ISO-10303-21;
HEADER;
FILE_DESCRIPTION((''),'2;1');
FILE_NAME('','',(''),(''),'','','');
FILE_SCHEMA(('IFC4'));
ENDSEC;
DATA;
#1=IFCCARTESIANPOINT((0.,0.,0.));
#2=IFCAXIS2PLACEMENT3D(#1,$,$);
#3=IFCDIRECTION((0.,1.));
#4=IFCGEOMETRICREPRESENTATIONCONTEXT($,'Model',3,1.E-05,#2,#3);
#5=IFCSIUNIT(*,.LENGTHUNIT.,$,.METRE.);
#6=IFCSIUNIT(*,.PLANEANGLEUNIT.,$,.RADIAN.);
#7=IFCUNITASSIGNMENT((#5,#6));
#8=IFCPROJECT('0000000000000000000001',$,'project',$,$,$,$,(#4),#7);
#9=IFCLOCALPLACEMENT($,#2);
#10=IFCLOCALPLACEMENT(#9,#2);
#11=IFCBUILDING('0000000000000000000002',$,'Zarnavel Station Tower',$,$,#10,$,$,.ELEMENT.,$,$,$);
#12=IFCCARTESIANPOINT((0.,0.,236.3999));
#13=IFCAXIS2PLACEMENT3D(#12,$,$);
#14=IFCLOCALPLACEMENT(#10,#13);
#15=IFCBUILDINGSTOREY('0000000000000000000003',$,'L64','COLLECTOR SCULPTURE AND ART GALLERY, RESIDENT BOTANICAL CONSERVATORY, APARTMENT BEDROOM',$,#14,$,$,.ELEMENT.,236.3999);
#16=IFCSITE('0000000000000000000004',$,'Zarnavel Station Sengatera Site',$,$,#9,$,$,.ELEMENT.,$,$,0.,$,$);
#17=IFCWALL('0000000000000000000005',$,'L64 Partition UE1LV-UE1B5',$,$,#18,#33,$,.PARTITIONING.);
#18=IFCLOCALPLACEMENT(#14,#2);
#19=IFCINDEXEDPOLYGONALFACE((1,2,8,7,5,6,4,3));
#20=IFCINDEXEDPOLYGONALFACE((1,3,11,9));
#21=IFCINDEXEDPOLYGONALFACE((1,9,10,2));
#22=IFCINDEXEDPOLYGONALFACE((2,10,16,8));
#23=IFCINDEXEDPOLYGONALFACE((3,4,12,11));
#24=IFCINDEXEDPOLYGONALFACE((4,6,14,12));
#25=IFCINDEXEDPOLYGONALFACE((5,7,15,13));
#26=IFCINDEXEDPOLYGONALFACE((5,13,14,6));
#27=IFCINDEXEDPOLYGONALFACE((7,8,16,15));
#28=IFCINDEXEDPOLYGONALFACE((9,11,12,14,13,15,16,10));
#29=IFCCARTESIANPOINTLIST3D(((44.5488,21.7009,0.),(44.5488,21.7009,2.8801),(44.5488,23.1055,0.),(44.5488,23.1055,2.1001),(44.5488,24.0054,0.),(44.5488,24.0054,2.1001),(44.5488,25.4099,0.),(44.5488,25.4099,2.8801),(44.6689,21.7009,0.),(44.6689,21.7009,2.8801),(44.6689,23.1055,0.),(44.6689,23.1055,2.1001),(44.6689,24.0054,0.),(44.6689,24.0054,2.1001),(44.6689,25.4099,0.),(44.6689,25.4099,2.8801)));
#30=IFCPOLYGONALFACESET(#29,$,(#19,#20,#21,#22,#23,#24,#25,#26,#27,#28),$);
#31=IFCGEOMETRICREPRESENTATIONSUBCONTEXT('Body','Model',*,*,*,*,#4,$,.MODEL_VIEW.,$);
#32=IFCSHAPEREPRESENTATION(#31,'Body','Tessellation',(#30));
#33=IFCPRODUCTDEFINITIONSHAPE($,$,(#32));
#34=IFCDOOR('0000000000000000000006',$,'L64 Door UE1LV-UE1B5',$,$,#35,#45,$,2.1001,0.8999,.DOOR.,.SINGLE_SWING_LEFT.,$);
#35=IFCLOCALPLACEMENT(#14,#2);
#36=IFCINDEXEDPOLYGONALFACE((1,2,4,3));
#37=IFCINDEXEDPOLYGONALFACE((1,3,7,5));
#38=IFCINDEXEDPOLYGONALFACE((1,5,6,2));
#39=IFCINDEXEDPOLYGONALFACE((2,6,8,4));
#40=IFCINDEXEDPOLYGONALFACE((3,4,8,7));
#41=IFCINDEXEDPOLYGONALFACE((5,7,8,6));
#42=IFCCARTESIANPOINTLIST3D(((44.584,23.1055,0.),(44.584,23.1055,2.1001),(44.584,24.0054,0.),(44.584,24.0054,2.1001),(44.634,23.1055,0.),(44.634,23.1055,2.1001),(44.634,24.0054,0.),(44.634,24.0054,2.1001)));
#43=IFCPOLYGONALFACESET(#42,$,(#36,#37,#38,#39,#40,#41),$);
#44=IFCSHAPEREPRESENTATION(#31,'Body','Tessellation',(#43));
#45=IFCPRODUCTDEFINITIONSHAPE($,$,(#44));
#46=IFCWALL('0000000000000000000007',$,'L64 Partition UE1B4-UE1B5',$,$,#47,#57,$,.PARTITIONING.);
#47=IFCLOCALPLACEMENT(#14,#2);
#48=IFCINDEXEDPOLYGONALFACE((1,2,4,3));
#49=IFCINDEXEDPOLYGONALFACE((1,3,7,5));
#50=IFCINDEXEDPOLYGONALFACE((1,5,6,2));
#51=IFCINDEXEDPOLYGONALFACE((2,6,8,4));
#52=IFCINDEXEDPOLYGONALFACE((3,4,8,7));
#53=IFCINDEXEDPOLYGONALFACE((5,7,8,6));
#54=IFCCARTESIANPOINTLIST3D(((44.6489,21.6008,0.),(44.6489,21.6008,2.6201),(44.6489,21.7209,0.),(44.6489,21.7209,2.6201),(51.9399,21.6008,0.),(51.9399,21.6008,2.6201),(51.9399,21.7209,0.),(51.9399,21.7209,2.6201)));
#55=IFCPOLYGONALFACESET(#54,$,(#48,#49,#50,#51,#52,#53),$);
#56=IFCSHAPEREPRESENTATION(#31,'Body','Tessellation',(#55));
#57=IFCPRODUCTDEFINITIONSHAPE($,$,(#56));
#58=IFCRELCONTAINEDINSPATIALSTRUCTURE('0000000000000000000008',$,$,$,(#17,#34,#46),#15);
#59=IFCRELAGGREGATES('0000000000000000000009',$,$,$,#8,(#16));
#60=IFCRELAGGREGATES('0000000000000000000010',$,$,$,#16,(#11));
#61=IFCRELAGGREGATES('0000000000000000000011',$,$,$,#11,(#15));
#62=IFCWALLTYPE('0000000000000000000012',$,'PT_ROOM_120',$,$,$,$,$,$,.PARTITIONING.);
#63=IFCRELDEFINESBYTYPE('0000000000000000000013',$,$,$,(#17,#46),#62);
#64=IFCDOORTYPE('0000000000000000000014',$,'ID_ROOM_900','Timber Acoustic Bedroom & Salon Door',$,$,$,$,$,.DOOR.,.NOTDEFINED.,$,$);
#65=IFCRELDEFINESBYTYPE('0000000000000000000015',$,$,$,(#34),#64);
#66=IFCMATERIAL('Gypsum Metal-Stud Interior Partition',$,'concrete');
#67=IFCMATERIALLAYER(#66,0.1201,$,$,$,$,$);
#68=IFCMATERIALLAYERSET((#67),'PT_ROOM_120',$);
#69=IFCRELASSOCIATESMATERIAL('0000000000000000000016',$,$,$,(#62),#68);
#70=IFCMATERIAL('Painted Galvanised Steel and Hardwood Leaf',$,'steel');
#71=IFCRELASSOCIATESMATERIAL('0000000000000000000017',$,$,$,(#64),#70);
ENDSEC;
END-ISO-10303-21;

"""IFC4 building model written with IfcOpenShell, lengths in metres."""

from ifc_helpers import new_model, si_unit, direction, frame, frame_2d, origin, place, context, subcontext, project, spatial, rectangle, extrude, material, layer, layer_set, type_object, element, fill, save


model = new_model("IFC4")

# Units and contexts
model_context = context("Model", 3, precision=1e-05, world=origin(), true_north=direction((0.0, 1.0)))
body_context = subcontext(model_context, "Body", "Model", "MODEL_VIEW")
ifc_project = project(units=[si_unit("LENGTHUNIT", "METRE"), si_unit("PLANEANGLEUNIT", "RADIAN")], contexts=[model_context])

# Site, building, storey
site_placement = place(None, origin())
site = spatial("IfcSite", under=ifc_project, at=site_placement, Name="Zarnavel Station Sengatera Site", CompositionType="ELEMENT", RefElevation=0.0)
building_placement = place(site_placement, origin())
building = spatial("IfcBuilding", under=site, at=building_placement, Name="Zarnavel Station Tower", CompositionType="ELEMENT")
storey_placement = place(building_placement, frame((0.0, 0.0, 236.3999)))
storey = spatial("IfcBuildingStorey", under=building, at=storey_placement, Name="L64", Description="COLLECTOR SCULPTURE AND ART GALLERY, RESIDENT BOTANICAL CONSERVATORY, APARTMENT BEDROOM", CompositionType="ELEMENT", Elevation=236.3999)

# Wall, opening, door
ifc_material_1 = material(Name="Gypsum Metal-Stud Interior Partition", Category="concrete")
ifc_layer_1 = layer(ifc_material_1, 0.1201)
ifc_layer_set_1 = layer_set([ifc_layer_1], Name="PT_ROOM_120")
wall_type_1 = type_object("IfcWallType", Name="PT_ROOM_120", PredefinedType="PARTITIONING", material=ifc_layer_set_1)
ifc_material_2 = material(Name="Painted Galvanised Steel and Hardwood Leaf", Category="steel")
door_type_1 = type_object("IfcDoorType", Name="ID_ROOM_900", Description="Timber Acoustic Bedroom & Salon Door", OperationType="NOTDEFINED", PredefinedType="DOOR", material=ifc_material_2)
wall_1_placement = place(storey_placement, frame((44.6089, 21.7009, 0.0), z_axis=(0.0, 0.0, 1.0), x_axis=(0.0, 1.0, 0.0)))
wall_1 = element("IfcWall", 1, at=wall_1_placement, inside=storey, type_object=wall_type_1, Name="L64 Partition UE1LV-UE1B5", PredefinedType="PARTITIONING", context=body_context, shape_type="SweptSolid", body=[
    extrude(rectangle(XDim=3.709, YDim=0.1201, at=frame_2d((1.8545, 0.0))), origin(), (0.0, 0.0, 1.0), 2.8801),
])
opening_1_placement = place(wall_1_placement, frame((1.4045, 0.0, 0.0)))
opening_1 = element("IfcOpeningElement", 2, at=opening_1_placement, cuts=wall_1, PredefinedType="OPENING", context=body_context, shape_type="SweptSolid", body=[
    extrude(rectangle(XDim=0.8999, YDim=2.1001, at=frame_2d((0.45, 1.05))), frame((0.0, 0.0701, 0.0), z_axis=(0.0, -1.0, 0.0), x_axis=(1.0, 0.0, 0.0)), (0.0, 0.0, 1.0), 0.1401),
])
door_1_placement = place(opening_1_placement, origin())
door_1 = element("IfcDoor", 3, at=door_1_placement, inside=storey, type_object=door_type_1, Name="L64 Door UE1LV-UE1B5", OperationType="SINGLE_SWING_LEFT", OverallHeight=2.1001, OverallWidth=0.8999, PredefinedType="DOOR", context=body_context, shape_type="SweptSolid", body=[
    extrude(rectangle(XDim=0.8999, YDim=2.1001, at=frame_2d((0.45, 1.05))), frame((0.0, 0.0249, 0.0), z_axis=(0.0, -1.0, 0.0), x_axis=(1.0, 0.0, 0.0)), (0.0, 0.0, 1.0), 0.05),
])
fill(opening_1, door_1)

# Wall
wall_2_placement = place(storey_placement, frame((44.6489, 21.6609, 0.0), z_axis=(0.0, 0.0, 1.0), x_axis=(1.0, 0.0, 0.0)))
element("IfcWall", 4, at=wall_2_placement, inside=storey, type_object=wall_type_1, Name="L64 Partition UE1B4-UE1B5", PredefinedType="PARTITIONING", context=body_context, shape_type="SweptSolid", body=[
    extrude(rectangle(XDim=7.291, YDim=0.1201, at=frame_2d((3.6455, 0.0))), origin(), (0.0, 0.0, 1.0), 2.6201),
])

save(model, "model.ifc")
